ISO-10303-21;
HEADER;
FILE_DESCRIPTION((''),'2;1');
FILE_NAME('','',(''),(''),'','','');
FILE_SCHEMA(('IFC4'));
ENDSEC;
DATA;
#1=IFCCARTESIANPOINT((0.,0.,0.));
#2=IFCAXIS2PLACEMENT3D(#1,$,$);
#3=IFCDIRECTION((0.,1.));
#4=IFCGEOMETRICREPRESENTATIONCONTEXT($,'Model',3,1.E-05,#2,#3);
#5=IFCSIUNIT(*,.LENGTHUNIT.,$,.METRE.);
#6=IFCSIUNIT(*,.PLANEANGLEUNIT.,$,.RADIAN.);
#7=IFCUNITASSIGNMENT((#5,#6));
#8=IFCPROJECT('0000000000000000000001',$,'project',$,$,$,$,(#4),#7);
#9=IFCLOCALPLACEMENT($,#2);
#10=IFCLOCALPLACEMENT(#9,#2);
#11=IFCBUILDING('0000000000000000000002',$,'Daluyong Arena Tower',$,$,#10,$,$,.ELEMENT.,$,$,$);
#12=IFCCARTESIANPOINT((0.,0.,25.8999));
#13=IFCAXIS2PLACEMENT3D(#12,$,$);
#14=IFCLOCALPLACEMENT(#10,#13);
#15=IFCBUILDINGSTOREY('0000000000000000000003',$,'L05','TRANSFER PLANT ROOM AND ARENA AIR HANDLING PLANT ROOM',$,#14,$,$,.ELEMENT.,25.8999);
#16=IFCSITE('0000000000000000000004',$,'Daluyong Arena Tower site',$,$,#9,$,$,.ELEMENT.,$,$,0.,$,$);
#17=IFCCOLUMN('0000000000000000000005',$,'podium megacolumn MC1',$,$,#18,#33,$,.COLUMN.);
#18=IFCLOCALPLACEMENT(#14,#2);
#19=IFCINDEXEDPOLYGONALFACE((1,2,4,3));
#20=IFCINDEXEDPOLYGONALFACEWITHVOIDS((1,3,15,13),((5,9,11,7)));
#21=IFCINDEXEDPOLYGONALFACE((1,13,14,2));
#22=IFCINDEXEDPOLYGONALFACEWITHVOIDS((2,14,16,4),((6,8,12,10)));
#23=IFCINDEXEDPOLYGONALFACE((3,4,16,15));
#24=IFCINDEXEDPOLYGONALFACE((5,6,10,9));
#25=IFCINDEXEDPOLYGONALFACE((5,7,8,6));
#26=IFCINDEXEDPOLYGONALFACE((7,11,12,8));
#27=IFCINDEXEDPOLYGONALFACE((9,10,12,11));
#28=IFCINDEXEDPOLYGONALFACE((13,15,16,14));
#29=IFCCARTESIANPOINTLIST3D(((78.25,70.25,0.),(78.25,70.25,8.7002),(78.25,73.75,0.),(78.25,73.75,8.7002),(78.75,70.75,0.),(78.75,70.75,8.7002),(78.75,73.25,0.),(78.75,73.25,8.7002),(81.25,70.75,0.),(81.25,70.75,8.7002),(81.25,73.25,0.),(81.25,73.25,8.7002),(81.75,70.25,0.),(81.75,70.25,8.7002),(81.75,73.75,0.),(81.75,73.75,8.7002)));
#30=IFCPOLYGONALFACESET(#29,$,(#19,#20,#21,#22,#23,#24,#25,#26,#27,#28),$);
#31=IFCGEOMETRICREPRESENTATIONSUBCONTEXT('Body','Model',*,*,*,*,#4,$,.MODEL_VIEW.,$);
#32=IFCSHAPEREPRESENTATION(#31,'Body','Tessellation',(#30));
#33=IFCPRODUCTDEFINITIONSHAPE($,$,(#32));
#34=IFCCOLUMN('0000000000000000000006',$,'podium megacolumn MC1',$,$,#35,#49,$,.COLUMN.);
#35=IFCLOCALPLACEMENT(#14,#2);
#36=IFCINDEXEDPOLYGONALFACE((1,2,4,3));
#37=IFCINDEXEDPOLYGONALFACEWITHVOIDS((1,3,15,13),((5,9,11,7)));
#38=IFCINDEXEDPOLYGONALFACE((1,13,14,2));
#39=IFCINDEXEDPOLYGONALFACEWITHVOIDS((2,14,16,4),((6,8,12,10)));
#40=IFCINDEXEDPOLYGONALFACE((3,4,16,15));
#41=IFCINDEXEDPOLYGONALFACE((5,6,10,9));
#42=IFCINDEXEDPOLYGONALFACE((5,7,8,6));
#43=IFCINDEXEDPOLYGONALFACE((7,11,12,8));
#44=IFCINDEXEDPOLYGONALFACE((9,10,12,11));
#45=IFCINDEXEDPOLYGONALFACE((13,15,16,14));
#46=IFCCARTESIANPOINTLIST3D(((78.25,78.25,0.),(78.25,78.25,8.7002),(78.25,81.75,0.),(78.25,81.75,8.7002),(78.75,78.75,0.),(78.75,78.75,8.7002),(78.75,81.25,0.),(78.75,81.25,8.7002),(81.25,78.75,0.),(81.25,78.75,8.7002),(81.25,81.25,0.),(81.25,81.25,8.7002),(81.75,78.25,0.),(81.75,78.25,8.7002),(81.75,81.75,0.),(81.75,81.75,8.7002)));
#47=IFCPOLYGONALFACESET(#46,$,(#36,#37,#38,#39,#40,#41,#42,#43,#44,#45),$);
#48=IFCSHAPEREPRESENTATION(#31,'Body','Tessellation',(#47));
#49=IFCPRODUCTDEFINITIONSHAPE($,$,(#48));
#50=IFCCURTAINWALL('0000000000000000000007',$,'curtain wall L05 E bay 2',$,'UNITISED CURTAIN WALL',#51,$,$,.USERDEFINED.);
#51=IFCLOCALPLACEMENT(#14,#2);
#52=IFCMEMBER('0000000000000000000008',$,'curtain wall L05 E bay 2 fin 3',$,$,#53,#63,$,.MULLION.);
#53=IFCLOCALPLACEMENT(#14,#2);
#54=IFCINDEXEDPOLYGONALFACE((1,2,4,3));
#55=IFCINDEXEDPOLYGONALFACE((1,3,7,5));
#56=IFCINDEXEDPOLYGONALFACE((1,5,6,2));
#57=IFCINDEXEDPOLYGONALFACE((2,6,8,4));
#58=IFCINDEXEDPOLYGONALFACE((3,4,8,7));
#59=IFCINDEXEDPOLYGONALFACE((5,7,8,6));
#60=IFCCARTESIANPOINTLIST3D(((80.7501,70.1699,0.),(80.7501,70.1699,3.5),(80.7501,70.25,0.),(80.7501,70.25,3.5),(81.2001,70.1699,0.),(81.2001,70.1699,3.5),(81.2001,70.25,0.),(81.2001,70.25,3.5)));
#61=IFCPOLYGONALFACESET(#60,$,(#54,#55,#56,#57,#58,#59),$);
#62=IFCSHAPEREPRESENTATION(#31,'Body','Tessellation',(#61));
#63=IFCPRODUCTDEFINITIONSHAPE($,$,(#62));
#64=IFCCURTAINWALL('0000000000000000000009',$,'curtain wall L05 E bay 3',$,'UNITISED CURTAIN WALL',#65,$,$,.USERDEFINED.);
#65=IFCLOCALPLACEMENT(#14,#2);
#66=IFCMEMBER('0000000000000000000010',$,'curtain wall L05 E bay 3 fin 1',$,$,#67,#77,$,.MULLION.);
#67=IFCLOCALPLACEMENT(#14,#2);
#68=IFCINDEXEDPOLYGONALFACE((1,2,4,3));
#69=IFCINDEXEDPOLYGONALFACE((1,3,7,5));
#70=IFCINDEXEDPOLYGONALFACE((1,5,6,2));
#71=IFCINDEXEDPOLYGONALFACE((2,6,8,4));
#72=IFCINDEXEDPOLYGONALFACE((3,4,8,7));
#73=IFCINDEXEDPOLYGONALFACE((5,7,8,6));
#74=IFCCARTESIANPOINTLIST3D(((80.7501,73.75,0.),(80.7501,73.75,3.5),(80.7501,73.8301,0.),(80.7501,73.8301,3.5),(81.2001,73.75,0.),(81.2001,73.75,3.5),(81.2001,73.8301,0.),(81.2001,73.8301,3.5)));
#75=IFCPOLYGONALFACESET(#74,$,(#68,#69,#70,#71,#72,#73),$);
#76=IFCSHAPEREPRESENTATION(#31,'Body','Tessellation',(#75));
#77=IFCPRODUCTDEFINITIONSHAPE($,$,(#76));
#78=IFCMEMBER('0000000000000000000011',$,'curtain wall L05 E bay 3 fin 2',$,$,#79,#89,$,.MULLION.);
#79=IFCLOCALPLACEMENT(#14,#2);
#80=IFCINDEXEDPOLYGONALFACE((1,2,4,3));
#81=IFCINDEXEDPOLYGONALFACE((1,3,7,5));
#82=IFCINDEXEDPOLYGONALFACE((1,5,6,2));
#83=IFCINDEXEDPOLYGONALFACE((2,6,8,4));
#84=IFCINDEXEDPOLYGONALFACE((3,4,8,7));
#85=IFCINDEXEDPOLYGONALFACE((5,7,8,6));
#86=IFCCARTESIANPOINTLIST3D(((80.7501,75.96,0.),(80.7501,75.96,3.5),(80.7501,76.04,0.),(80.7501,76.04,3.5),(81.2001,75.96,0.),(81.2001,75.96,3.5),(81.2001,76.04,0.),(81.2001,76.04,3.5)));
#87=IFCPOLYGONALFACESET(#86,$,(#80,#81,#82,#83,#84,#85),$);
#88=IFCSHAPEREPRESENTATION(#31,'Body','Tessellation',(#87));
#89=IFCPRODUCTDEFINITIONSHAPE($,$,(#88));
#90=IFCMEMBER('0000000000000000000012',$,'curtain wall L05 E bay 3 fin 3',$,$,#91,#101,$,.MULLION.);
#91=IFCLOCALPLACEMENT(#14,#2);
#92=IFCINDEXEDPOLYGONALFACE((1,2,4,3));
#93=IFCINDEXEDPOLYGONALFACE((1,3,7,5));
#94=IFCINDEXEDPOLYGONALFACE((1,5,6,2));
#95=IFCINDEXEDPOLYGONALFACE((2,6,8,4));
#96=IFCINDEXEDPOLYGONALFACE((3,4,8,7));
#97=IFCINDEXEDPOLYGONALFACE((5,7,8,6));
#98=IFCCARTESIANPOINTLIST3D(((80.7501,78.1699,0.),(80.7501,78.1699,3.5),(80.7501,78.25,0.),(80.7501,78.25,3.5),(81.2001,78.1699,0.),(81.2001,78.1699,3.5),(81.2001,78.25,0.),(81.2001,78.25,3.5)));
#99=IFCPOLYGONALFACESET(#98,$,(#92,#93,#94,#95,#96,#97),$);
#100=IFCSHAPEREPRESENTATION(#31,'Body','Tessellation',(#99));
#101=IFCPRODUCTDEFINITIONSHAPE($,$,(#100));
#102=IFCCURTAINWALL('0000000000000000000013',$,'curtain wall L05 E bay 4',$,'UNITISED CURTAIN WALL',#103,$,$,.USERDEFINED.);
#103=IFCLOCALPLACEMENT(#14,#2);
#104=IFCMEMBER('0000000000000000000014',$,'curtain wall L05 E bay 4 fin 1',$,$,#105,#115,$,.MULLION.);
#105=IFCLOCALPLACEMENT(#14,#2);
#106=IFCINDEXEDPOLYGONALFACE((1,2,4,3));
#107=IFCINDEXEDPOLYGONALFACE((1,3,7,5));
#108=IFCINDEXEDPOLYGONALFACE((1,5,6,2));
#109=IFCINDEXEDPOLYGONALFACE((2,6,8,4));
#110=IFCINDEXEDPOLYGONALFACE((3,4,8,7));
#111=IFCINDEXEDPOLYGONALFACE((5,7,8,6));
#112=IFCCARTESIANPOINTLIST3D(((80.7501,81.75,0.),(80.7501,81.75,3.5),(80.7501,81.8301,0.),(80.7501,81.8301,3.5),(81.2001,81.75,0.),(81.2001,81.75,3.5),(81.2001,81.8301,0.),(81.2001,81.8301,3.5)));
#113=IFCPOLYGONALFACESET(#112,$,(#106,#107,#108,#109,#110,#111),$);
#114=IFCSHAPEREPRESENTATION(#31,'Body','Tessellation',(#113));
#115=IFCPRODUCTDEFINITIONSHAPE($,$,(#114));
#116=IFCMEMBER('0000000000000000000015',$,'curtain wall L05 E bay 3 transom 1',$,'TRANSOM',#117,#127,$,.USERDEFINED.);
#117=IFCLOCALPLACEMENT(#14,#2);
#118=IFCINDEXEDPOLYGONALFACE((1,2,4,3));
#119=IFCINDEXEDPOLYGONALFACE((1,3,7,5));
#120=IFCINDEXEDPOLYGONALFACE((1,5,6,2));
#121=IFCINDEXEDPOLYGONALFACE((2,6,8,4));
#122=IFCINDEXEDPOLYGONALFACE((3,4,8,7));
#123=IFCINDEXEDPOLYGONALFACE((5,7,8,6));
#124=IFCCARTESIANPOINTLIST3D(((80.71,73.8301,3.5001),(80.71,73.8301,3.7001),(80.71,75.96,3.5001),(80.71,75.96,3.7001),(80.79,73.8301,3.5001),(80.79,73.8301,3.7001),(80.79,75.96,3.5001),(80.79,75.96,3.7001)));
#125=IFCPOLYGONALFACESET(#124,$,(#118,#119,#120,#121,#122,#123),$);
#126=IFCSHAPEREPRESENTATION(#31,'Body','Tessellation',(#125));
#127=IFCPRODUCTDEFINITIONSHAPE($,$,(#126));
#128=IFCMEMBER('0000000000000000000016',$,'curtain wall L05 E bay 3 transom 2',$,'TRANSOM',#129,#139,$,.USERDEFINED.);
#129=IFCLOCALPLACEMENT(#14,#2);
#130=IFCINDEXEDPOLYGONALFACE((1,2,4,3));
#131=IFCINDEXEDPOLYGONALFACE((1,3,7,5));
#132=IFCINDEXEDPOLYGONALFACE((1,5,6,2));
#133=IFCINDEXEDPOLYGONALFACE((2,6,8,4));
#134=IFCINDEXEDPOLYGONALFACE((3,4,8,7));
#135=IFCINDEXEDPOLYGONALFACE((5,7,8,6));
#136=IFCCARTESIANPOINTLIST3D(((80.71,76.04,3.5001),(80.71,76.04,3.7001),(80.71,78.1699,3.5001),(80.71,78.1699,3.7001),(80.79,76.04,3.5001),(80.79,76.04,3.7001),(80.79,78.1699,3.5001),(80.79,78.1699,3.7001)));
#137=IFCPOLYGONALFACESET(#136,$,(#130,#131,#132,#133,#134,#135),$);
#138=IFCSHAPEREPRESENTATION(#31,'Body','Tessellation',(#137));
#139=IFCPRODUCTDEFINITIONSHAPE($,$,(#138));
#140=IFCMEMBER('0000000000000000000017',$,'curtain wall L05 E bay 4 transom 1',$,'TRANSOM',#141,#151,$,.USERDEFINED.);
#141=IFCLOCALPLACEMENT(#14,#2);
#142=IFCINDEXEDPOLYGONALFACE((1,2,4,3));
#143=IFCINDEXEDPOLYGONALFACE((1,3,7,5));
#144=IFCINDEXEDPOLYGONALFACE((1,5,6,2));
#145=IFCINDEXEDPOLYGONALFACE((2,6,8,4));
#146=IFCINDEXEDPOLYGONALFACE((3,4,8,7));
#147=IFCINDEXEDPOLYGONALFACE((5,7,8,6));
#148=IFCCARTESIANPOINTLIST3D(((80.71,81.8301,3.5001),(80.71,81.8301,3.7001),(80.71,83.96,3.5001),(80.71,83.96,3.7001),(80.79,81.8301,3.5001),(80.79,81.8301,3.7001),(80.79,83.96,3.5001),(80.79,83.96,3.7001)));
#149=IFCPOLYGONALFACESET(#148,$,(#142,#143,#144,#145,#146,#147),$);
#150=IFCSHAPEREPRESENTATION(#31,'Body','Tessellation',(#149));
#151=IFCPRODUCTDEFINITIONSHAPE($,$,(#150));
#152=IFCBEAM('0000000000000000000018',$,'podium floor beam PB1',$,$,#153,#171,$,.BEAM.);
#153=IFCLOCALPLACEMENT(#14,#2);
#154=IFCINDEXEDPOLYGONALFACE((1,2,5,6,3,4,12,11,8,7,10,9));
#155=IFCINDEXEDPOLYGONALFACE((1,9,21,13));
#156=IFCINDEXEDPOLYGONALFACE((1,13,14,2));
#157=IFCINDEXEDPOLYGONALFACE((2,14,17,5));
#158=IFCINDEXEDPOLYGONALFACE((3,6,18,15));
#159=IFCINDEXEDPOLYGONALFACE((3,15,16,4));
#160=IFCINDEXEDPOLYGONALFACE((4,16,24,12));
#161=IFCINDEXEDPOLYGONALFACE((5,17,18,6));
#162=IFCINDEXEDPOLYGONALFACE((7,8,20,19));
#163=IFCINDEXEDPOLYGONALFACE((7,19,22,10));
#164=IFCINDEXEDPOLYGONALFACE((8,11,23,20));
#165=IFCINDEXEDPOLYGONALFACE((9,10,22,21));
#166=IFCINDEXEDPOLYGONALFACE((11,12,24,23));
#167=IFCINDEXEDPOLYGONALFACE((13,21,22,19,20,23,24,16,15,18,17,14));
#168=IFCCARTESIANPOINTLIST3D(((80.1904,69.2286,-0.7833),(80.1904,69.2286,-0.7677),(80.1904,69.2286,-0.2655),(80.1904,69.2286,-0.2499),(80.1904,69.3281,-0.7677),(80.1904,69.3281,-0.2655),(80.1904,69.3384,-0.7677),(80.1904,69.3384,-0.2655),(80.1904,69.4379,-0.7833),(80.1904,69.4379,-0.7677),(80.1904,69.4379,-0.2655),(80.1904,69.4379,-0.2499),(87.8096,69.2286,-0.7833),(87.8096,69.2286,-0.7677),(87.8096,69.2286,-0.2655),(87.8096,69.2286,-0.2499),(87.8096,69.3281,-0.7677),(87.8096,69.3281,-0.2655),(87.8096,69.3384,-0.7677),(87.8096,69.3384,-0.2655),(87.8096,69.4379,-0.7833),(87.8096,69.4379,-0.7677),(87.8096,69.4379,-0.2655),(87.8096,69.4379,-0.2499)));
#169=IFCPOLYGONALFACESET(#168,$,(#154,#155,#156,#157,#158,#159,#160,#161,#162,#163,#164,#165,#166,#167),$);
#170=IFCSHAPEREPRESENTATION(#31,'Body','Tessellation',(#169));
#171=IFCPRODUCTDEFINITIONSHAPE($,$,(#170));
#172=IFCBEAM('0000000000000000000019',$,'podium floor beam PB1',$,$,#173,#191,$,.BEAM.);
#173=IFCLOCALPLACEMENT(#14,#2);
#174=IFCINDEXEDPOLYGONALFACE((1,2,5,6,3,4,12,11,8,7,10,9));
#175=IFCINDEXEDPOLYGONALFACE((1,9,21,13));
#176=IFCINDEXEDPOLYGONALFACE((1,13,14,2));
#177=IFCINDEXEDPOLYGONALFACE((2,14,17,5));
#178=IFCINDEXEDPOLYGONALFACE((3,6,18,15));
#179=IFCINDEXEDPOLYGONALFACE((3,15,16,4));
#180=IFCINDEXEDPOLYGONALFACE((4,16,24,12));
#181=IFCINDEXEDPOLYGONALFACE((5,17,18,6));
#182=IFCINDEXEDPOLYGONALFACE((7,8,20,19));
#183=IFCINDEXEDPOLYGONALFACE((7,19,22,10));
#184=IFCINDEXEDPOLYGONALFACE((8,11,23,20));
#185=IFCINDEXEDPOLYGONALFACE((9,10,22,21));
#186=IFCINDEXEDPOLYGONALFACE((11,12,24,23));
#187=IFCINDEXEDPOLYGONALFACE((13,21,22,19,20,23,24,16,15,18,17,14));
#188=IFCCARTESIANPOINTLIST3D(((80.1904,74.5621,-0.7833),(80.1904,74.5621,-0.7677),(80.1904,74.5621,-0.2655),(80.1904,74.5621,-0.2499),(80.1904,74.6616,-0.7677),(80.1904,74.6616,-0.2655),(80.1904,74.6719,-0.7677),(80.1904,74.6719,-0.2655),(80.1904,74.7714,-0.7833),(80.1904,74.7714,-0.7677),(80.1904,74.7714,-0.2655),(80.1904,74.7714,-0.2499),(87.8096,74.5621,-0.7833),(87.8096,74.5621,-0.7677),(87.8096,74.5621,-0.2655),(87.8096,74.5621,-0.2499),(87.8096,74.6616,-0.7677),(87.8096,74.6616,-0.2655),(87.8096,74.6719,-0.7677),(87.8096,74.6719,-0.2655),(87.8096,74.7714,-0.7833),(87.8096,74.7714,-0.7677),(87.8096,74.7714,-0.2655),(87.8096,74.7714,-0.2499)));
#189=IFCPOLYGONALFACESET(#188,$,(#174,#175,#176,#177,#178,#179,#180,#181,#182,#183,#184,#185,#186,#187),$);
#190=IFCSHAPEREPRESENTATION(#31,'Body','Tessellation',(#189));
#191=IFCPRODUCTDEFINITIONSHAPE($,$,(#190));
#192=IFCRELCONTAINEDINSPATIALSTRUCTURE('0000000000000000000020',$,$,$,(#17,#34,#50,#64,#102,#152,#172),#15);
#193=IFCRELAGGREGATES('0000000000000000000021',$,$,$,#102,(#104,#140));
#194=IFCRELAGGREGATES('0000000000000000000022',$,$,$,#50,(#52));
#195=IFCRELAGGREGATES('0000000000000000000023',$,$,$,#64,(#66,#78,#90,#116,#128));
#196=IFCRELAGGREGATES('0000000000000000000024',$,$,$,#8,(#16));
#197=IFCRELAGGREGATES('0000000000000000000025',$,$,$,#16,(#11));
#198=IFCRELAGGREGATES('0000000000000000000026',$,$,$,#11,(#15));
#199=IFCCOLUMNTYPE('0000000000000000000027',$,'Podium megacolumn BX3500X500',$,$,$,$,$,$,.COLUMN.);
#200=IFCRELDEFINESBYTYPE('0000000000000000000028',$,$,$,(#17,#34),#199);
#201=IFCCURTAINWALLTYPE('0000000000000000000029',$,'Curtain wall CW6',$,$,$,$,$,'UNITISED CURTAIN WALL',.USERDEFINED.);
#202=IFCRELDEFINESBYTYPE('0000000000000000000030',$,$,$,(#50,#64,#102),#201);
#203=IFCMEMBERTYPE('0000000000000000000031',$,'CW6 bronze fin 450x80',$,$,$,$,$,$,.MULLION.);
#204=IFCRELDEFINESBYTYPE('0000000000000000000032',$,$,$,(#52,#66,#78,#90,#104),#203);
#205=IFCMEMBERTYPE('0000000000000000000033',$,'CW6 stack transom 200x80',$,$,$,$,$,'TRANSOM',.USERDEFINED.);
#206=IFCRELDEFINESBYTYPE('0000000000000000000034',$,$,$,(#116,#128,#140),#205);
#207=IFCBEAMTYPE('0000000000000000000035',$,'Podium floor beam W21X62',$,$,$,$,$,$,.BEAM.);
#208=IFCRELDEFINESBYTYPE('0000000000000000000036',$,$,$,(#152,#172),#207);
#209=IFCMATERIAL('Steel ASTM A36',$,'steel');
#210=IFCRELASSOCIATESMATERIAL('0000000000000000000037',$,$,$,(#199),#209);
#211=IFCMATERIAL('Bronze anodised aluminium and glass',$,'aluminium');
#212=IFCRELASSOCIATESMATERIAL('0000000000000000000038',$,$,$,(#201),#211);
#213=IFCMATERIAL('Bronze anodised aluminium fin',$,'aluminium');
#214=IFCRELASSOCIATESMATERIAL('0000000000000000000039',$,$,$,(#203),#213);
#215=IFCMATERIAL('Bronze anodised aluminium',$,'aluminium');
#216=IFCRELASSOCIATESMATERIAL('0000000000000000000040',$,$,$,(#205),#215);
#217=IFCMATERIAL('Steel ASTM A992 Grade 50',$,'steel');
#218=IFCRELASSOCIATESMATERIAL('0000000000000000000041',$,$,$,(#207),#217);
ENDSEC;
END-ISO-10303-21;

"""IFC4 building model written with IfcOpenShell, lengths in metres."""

from ifc_helpers import new_model, si_unit, direction, frame, origin, origin_2d, place, context, subcontext, project, spatial, rectangle, hollow_rectangle, i_section, extrude, material, material_profile, profile_set, type_object, element, aggregate, save


model = new_model("IFC4")

# Units and contexts
model_context = context("Model", 3, precision=1e-05, world=origin(), true_north=direction((0.0, 1.0)))
body_context = subcontext(model_context, "Body", "Model", "MODEL_VIEW")
ifc_project = project(units=[si_unit("LENGTHUNIT", "METRE"), si_unit("PLANEANGLEUNIT", "RADIAN")], contexts=[model_context])

# Site, building, storey
site_placement = place(None, origin())
site = spatial("IfcSite", under=ifc_project, at=site_placement, Name="Daluyong Arena Tower site", CompositionType="ELEMENT", RefElevation=0.0)
building_placement = place(site_placement, origin())
building = spatial("IfcBuilding", under=site, at=building_placement, Name="Daluyong Arena Tower", CompositionType="ELEMENT")
storey_placement = place(building_placement, frame((0.0, 0.0, 25.8999)))
storey = spatial("IfcBuildingStorey", under=building, at=storey_placement, Name="L05", Description="TRANSFER PLANT ROOM AND ARENA AIR HANDLING PLANT ROOM", CompositionType="ELEMENT", Elevation=25.8999)

# Columns
ifc_material_1 = material(Name="Steel ASTM A36", Category="steel")
ifc_material_profile_1 = material_profile(ifc_material_1, hollow_rectangle(XDim=3.5, YDim=3.5, WallThickness=0.5, at=origin_2d()))
ifc_profile_set_1 = profile_set([ifc_material_profile_1], Name="Steel ASTM A36")
column_type = type_object("IfcColumnType", Name="Podium megacolumn BX3500X500", PredefinedType="COLUMN", material=ifc_profile_set_1)
for number, where, z_axis, x_axis, name in (
    (1, (80.0, 72.0, 0.0), (0.0, 0.0, 1.0), (1.0, 0.0, 0.0), "podium megacolumn MC1"),
    (2, (80.0, 80.0, 0.0), (0.0, 0.0, 1.0), (1.0, 0.0, 0.0), "podium megacolumn MC1"),
):
    element("IfcColumn", number, at=place(storey_placement, frame(where, z_axis=z_axis, x_axis=x_axis)), inside=storey, type_object=column_type, Name=name, PredefinedType="COLUMN", context=body_context, shape_type="SweptSolid", body=[
        extrude(hollow_rectangle(XDim=3.5, YDim=3.5, WallThickness=0.5, at=origin_2d()), origin(), (0.0, 0.0, 1.0), 8.7002),
    ])

# Curtain wall, member
ifc_material_2 = material(Name="Bronze anodised aluminium and glass", Category="aluminium")
curtain_wall_type = type_object("IfcCurtainWallType", Name="Curtain wall CW6", ElementType="UNITISED CURTAIN WALL", PredefinedType="USERDEFINED", material=ifc_material_2)
curtain_wall_1_placement = place(storey_placement, origin())
curtain_wall_1 = element("IfcCurtainWall", 3, at=curtain_wall_1_placement, inside=storey, type_object=curtain_wall_type, Name="curtain wall L05 E bay 2", ObjectType="UNITISED CURTAIN WALL", PredefinedType="USERDEFINED")
ifc_material_3 = material(Name="Bronze anodised aluminium fin", Category="aluminium")
ifc_material_profile_2 = material_profile(ifc_material_3, rectangle(XDim=0.45, YDim=0.0801, at=origin_2d()))
ifc_profile_set_2 = profile_set([ifc_material_profile_2], Name="Bronze anodised aluminium fin")
member_type_1 = type_object("IfcMemberType", Name="CW6 bronze fin 450x80", PredefinedType="MULLION", material=ifc_profile_set_2)
member_1_placement = place(storey_placement, frame((80.9751, 70.21, 0.0), z_axis=(0.0, 0.0, 1.0), x_axis=(-1.0, 0.0, 0.0)))
member_1 = element("IfcMember", 4, at=member_1_placement, type_object=member_type_1, Name="curtain wall L05 E bay 2 fin 3", PredefinedType="MULLION", context=body_context, shape_type="SweptSolid", body=[
    extrude(rectangle(XDim=0.45, YDim=0.0801, at=origin_2d()), origin(), (0.0, 0.0, 1.0), 3.5),
])

# Curtain wall, members
curtain_wall_2_placement = place(storey_placement, origin())
curtain_wall_2 = element("IfcCurtainWall", 5, at=curtain_wall_2_placement, inside=storey, type_object=curtain_wall_type, Name="curtain wall L05 E bay 3", ObjectType="UNITISED CURTAIN WALL", PredefinedType="USERDEFINED")
member_2_placement = place(storey_placement, frame((80.9751, 73.79, 0.0), z_axis=(0.0, 0.0, 1.0), x_axis=(-1.0, 0.0, 0.0)))
member_2 = element("IfcMember", 6, at=member_2_placement, type_object=member_type_1, Name="curtain wall L05 E bay 3 fin 1", PredefinedType="MULLION", context=body_context, shape_type="SweptSolid", body=[
    extrude(rectangle(XDim=0.45, YDim=0.0801, at=origin_2d()), origin(), (0.0, 0.0, 1.0), 3.5),
])
member_3_placement = place(storey_placement, frame((80.9751, 76.0, 0.0), z_axis=(0.0, 0.0, 1.0), x_axis=(-1.0, 0.0, 0.0)))
member_3 = element("IfcMember", 7, at=member_3_placement, type_object=member_type_1, Name="curtain wall L05 E bay 3 fin 2", PredefinedType="MULLION", context=body_context, shape_type="SweptSolid", body=[
    extrude(rectangle(XDim=0.45, YDim=0.0801, at=origin_2d()), origin(), (0.0, 0.0, 1.0), 3.5),
])
member_4_placement = place(storey_placement, frame((80.9751, 78.21, 0.0), z_axis=(0.0, 0.0, 1.0), x_axis=(-1.0, 0.0, 0.0)))
member_4 = element("IfcMember", 8, at=member_4_placement, type_object=member_type_1, Name="curtain wall L05 E bay 3 fin 3", PredefinedType="MULLION", context=body_context, shape_type="SweptSolid", body=[
    extrude(rectangle(XDim=0.45, YDim=0.0801, at=origin_2d()), origin(), (0.0, 0.0, 1.0), 3.5),
])

# Curtain wall, member
curtain_wall_3_placement = place(storey_placement, origin())
curtain_wall_3 = element("IfcCurtainWall", 9, at=curtain_wall_3_placement, inside=storey, type_object=curtain_wall_type, Name="curtain wall L05 E bay 4", ObjectType="UNITISED CURTAIN WALL", PredefinedType="USERDEFINED")
member_5_placement = place(storey_placement, frame((80.9751, 81.79, 0.0), z_axis=(0.0, 0.0, 1.0), x_axis=(-1.0, 0.0, 0.0)))
member_5 = element("IfcMember", 10, at=member_5_placement, type_object=member_type_1, Name="curtain wall L05 E bay 4 fin 1", PredefinedType="MULLION", context=body_context, shape_type="SweptSolid", body=[
    extrude(rectangle(XDim=0.45, YDim=0.0801, at=origin_2d()), origin(), (0.0, 0.0, 1.0), 3.5),
])

# Members
ifc_material_4 = material(Name="Bronze anodised aluminium", Category="aluminium")
ifc_material_profile_3 = material_profile(ifc_material_4, rectangle(XDim=0.0801, YDim=0.2, at=origin_2d()))
ifc_profile_set_3 = profile_set([ifc_material_profile_3], Name="Bronze anodised aluminium")
member_type_2 = type_object("IfcMemberType", Name="CW6 stack transom 200x80", ElementType="TRANSOM", PredefinedType="USERDEFINED", material=ifc_profile_set_3)
member_6_placement = place(storey_placement, frame((80.75, 73.8301, 3.6001), z_axis=(0.0, 1.0, 0.0), x_axis=(-1.0, 0.0, 0.0)))
member_6 = element("IfcMember", 11, at=member_6_placement, type_object=member_type_2, Name="curtain wall L05 E bay 3 transom 1", ObjectType="TRANSOM", PredefinedType="USERDEFINED", context=body_context, shape_type="SweptSolid", body=[
    extrude(rectangle(XDim=0.0801, YDim=0.2, at=origin_2d()), origin(), (0.0, 0.0, 1.0), 2.1299),
])
member_7_placement = place(storey_placement, frame((80.75, 76.04, 3.6001), z_axis=(0.0, 1.0, 0.0), x_axis=(-1.0, 0.0, 0.0)))
member_7 = element("IfcMember", 12, at=member_7_placement, type_object=member_type_2, Name="curtain wall L05 E bay 3 transom 2", ObjectType="TRANSOM", PredefinedType="USERDEFINED", context=body_context, shape_type="SweptSolid", body=[
    extrude(rectangle(XDim=0.0801, YDim=0.2, at=origin_2d()), origin(), (0.0, 0.0, 1.0), 2.1299),
])
member_8_placement = place(storey_placement, frame((80.75, 81.8301, 3.6001), z_axis=(0.0, 1.0, 0.0), x_axis=(-1.0, 0.0, 0.0)))
member_8 = element("IfcMember", 13, at=member_8_placement, type_object=member_type_2, Name="curtain wall L05 E bay 4 transom 1", ObjectType="TRANSOM", PredefinedType="USERDEFINED", context=body_context, shape_type="SweptSolid", body=[
    extrude(rectangle(XDim=0.0801, YDim=0.2, at=origin_2d()), origin(), (0.0, 0.0, 1.0), 2.1299),
])
aggregate(curtain_wall_3, [member_5, member_8])

# Beams
ifc_material_5 = material(Name="Steel ASTM A992 Grade 50", Category="steel")
ifc_material_profile_4 = material_profile(ifc_material_5, i_section(OverallWidth=0.2092, OverallDepth=0.5334, WebThickness=0.0103, FlangeThickness=0.0156, at=origin_2d()))
ifc_profile_set_4 = profile_set([ifc_material_profile_4], Name="Steel ASTM A992 Grade 50")
beam_type_1 = type_object("IfcBeamType", Name="Podium floor beam W21X62", PredefinedType="BEAM", material=ifc_profile_set_4)
for number, where, z_axis, x_axis, name in (
    (14, (80.1904, 69.3333, -0.5166), (1.0, 0.0, 0.0), (0.0, 1.0, 0.0), "podium floor beam PB1"),
    (15, (80.1904, 74.6667, -0.5166), (1.0, 0.0, 0.0), (0.0, 1.0, 0.0), "podium floor beam PB1"),
):
    element("IfcBeam", number, at=place(storey_placement, frame(where, z_axis=z_axis, x_axis=x_axis)), inside=storey, type_object=beam_type_1, Name=name, PredefinedType="BEAM", context=body_context, shape_type="SweptSolid", body=[
        extrude(i_section(OverallWidth=0.2092, OverallDepth=0.5334, WebThickness=0.0103, FlangeThickness=0.0156, at=origin_2d()), origin(), (0.0, 0.0, 1.0), 7.6191),
    ])

aggregate(curtain_wall_1, [member_1])
aggregate(curtain_wall_2, [member_2, member_3, member_4, member_6, member_7])

save(model, "model.ifc")
